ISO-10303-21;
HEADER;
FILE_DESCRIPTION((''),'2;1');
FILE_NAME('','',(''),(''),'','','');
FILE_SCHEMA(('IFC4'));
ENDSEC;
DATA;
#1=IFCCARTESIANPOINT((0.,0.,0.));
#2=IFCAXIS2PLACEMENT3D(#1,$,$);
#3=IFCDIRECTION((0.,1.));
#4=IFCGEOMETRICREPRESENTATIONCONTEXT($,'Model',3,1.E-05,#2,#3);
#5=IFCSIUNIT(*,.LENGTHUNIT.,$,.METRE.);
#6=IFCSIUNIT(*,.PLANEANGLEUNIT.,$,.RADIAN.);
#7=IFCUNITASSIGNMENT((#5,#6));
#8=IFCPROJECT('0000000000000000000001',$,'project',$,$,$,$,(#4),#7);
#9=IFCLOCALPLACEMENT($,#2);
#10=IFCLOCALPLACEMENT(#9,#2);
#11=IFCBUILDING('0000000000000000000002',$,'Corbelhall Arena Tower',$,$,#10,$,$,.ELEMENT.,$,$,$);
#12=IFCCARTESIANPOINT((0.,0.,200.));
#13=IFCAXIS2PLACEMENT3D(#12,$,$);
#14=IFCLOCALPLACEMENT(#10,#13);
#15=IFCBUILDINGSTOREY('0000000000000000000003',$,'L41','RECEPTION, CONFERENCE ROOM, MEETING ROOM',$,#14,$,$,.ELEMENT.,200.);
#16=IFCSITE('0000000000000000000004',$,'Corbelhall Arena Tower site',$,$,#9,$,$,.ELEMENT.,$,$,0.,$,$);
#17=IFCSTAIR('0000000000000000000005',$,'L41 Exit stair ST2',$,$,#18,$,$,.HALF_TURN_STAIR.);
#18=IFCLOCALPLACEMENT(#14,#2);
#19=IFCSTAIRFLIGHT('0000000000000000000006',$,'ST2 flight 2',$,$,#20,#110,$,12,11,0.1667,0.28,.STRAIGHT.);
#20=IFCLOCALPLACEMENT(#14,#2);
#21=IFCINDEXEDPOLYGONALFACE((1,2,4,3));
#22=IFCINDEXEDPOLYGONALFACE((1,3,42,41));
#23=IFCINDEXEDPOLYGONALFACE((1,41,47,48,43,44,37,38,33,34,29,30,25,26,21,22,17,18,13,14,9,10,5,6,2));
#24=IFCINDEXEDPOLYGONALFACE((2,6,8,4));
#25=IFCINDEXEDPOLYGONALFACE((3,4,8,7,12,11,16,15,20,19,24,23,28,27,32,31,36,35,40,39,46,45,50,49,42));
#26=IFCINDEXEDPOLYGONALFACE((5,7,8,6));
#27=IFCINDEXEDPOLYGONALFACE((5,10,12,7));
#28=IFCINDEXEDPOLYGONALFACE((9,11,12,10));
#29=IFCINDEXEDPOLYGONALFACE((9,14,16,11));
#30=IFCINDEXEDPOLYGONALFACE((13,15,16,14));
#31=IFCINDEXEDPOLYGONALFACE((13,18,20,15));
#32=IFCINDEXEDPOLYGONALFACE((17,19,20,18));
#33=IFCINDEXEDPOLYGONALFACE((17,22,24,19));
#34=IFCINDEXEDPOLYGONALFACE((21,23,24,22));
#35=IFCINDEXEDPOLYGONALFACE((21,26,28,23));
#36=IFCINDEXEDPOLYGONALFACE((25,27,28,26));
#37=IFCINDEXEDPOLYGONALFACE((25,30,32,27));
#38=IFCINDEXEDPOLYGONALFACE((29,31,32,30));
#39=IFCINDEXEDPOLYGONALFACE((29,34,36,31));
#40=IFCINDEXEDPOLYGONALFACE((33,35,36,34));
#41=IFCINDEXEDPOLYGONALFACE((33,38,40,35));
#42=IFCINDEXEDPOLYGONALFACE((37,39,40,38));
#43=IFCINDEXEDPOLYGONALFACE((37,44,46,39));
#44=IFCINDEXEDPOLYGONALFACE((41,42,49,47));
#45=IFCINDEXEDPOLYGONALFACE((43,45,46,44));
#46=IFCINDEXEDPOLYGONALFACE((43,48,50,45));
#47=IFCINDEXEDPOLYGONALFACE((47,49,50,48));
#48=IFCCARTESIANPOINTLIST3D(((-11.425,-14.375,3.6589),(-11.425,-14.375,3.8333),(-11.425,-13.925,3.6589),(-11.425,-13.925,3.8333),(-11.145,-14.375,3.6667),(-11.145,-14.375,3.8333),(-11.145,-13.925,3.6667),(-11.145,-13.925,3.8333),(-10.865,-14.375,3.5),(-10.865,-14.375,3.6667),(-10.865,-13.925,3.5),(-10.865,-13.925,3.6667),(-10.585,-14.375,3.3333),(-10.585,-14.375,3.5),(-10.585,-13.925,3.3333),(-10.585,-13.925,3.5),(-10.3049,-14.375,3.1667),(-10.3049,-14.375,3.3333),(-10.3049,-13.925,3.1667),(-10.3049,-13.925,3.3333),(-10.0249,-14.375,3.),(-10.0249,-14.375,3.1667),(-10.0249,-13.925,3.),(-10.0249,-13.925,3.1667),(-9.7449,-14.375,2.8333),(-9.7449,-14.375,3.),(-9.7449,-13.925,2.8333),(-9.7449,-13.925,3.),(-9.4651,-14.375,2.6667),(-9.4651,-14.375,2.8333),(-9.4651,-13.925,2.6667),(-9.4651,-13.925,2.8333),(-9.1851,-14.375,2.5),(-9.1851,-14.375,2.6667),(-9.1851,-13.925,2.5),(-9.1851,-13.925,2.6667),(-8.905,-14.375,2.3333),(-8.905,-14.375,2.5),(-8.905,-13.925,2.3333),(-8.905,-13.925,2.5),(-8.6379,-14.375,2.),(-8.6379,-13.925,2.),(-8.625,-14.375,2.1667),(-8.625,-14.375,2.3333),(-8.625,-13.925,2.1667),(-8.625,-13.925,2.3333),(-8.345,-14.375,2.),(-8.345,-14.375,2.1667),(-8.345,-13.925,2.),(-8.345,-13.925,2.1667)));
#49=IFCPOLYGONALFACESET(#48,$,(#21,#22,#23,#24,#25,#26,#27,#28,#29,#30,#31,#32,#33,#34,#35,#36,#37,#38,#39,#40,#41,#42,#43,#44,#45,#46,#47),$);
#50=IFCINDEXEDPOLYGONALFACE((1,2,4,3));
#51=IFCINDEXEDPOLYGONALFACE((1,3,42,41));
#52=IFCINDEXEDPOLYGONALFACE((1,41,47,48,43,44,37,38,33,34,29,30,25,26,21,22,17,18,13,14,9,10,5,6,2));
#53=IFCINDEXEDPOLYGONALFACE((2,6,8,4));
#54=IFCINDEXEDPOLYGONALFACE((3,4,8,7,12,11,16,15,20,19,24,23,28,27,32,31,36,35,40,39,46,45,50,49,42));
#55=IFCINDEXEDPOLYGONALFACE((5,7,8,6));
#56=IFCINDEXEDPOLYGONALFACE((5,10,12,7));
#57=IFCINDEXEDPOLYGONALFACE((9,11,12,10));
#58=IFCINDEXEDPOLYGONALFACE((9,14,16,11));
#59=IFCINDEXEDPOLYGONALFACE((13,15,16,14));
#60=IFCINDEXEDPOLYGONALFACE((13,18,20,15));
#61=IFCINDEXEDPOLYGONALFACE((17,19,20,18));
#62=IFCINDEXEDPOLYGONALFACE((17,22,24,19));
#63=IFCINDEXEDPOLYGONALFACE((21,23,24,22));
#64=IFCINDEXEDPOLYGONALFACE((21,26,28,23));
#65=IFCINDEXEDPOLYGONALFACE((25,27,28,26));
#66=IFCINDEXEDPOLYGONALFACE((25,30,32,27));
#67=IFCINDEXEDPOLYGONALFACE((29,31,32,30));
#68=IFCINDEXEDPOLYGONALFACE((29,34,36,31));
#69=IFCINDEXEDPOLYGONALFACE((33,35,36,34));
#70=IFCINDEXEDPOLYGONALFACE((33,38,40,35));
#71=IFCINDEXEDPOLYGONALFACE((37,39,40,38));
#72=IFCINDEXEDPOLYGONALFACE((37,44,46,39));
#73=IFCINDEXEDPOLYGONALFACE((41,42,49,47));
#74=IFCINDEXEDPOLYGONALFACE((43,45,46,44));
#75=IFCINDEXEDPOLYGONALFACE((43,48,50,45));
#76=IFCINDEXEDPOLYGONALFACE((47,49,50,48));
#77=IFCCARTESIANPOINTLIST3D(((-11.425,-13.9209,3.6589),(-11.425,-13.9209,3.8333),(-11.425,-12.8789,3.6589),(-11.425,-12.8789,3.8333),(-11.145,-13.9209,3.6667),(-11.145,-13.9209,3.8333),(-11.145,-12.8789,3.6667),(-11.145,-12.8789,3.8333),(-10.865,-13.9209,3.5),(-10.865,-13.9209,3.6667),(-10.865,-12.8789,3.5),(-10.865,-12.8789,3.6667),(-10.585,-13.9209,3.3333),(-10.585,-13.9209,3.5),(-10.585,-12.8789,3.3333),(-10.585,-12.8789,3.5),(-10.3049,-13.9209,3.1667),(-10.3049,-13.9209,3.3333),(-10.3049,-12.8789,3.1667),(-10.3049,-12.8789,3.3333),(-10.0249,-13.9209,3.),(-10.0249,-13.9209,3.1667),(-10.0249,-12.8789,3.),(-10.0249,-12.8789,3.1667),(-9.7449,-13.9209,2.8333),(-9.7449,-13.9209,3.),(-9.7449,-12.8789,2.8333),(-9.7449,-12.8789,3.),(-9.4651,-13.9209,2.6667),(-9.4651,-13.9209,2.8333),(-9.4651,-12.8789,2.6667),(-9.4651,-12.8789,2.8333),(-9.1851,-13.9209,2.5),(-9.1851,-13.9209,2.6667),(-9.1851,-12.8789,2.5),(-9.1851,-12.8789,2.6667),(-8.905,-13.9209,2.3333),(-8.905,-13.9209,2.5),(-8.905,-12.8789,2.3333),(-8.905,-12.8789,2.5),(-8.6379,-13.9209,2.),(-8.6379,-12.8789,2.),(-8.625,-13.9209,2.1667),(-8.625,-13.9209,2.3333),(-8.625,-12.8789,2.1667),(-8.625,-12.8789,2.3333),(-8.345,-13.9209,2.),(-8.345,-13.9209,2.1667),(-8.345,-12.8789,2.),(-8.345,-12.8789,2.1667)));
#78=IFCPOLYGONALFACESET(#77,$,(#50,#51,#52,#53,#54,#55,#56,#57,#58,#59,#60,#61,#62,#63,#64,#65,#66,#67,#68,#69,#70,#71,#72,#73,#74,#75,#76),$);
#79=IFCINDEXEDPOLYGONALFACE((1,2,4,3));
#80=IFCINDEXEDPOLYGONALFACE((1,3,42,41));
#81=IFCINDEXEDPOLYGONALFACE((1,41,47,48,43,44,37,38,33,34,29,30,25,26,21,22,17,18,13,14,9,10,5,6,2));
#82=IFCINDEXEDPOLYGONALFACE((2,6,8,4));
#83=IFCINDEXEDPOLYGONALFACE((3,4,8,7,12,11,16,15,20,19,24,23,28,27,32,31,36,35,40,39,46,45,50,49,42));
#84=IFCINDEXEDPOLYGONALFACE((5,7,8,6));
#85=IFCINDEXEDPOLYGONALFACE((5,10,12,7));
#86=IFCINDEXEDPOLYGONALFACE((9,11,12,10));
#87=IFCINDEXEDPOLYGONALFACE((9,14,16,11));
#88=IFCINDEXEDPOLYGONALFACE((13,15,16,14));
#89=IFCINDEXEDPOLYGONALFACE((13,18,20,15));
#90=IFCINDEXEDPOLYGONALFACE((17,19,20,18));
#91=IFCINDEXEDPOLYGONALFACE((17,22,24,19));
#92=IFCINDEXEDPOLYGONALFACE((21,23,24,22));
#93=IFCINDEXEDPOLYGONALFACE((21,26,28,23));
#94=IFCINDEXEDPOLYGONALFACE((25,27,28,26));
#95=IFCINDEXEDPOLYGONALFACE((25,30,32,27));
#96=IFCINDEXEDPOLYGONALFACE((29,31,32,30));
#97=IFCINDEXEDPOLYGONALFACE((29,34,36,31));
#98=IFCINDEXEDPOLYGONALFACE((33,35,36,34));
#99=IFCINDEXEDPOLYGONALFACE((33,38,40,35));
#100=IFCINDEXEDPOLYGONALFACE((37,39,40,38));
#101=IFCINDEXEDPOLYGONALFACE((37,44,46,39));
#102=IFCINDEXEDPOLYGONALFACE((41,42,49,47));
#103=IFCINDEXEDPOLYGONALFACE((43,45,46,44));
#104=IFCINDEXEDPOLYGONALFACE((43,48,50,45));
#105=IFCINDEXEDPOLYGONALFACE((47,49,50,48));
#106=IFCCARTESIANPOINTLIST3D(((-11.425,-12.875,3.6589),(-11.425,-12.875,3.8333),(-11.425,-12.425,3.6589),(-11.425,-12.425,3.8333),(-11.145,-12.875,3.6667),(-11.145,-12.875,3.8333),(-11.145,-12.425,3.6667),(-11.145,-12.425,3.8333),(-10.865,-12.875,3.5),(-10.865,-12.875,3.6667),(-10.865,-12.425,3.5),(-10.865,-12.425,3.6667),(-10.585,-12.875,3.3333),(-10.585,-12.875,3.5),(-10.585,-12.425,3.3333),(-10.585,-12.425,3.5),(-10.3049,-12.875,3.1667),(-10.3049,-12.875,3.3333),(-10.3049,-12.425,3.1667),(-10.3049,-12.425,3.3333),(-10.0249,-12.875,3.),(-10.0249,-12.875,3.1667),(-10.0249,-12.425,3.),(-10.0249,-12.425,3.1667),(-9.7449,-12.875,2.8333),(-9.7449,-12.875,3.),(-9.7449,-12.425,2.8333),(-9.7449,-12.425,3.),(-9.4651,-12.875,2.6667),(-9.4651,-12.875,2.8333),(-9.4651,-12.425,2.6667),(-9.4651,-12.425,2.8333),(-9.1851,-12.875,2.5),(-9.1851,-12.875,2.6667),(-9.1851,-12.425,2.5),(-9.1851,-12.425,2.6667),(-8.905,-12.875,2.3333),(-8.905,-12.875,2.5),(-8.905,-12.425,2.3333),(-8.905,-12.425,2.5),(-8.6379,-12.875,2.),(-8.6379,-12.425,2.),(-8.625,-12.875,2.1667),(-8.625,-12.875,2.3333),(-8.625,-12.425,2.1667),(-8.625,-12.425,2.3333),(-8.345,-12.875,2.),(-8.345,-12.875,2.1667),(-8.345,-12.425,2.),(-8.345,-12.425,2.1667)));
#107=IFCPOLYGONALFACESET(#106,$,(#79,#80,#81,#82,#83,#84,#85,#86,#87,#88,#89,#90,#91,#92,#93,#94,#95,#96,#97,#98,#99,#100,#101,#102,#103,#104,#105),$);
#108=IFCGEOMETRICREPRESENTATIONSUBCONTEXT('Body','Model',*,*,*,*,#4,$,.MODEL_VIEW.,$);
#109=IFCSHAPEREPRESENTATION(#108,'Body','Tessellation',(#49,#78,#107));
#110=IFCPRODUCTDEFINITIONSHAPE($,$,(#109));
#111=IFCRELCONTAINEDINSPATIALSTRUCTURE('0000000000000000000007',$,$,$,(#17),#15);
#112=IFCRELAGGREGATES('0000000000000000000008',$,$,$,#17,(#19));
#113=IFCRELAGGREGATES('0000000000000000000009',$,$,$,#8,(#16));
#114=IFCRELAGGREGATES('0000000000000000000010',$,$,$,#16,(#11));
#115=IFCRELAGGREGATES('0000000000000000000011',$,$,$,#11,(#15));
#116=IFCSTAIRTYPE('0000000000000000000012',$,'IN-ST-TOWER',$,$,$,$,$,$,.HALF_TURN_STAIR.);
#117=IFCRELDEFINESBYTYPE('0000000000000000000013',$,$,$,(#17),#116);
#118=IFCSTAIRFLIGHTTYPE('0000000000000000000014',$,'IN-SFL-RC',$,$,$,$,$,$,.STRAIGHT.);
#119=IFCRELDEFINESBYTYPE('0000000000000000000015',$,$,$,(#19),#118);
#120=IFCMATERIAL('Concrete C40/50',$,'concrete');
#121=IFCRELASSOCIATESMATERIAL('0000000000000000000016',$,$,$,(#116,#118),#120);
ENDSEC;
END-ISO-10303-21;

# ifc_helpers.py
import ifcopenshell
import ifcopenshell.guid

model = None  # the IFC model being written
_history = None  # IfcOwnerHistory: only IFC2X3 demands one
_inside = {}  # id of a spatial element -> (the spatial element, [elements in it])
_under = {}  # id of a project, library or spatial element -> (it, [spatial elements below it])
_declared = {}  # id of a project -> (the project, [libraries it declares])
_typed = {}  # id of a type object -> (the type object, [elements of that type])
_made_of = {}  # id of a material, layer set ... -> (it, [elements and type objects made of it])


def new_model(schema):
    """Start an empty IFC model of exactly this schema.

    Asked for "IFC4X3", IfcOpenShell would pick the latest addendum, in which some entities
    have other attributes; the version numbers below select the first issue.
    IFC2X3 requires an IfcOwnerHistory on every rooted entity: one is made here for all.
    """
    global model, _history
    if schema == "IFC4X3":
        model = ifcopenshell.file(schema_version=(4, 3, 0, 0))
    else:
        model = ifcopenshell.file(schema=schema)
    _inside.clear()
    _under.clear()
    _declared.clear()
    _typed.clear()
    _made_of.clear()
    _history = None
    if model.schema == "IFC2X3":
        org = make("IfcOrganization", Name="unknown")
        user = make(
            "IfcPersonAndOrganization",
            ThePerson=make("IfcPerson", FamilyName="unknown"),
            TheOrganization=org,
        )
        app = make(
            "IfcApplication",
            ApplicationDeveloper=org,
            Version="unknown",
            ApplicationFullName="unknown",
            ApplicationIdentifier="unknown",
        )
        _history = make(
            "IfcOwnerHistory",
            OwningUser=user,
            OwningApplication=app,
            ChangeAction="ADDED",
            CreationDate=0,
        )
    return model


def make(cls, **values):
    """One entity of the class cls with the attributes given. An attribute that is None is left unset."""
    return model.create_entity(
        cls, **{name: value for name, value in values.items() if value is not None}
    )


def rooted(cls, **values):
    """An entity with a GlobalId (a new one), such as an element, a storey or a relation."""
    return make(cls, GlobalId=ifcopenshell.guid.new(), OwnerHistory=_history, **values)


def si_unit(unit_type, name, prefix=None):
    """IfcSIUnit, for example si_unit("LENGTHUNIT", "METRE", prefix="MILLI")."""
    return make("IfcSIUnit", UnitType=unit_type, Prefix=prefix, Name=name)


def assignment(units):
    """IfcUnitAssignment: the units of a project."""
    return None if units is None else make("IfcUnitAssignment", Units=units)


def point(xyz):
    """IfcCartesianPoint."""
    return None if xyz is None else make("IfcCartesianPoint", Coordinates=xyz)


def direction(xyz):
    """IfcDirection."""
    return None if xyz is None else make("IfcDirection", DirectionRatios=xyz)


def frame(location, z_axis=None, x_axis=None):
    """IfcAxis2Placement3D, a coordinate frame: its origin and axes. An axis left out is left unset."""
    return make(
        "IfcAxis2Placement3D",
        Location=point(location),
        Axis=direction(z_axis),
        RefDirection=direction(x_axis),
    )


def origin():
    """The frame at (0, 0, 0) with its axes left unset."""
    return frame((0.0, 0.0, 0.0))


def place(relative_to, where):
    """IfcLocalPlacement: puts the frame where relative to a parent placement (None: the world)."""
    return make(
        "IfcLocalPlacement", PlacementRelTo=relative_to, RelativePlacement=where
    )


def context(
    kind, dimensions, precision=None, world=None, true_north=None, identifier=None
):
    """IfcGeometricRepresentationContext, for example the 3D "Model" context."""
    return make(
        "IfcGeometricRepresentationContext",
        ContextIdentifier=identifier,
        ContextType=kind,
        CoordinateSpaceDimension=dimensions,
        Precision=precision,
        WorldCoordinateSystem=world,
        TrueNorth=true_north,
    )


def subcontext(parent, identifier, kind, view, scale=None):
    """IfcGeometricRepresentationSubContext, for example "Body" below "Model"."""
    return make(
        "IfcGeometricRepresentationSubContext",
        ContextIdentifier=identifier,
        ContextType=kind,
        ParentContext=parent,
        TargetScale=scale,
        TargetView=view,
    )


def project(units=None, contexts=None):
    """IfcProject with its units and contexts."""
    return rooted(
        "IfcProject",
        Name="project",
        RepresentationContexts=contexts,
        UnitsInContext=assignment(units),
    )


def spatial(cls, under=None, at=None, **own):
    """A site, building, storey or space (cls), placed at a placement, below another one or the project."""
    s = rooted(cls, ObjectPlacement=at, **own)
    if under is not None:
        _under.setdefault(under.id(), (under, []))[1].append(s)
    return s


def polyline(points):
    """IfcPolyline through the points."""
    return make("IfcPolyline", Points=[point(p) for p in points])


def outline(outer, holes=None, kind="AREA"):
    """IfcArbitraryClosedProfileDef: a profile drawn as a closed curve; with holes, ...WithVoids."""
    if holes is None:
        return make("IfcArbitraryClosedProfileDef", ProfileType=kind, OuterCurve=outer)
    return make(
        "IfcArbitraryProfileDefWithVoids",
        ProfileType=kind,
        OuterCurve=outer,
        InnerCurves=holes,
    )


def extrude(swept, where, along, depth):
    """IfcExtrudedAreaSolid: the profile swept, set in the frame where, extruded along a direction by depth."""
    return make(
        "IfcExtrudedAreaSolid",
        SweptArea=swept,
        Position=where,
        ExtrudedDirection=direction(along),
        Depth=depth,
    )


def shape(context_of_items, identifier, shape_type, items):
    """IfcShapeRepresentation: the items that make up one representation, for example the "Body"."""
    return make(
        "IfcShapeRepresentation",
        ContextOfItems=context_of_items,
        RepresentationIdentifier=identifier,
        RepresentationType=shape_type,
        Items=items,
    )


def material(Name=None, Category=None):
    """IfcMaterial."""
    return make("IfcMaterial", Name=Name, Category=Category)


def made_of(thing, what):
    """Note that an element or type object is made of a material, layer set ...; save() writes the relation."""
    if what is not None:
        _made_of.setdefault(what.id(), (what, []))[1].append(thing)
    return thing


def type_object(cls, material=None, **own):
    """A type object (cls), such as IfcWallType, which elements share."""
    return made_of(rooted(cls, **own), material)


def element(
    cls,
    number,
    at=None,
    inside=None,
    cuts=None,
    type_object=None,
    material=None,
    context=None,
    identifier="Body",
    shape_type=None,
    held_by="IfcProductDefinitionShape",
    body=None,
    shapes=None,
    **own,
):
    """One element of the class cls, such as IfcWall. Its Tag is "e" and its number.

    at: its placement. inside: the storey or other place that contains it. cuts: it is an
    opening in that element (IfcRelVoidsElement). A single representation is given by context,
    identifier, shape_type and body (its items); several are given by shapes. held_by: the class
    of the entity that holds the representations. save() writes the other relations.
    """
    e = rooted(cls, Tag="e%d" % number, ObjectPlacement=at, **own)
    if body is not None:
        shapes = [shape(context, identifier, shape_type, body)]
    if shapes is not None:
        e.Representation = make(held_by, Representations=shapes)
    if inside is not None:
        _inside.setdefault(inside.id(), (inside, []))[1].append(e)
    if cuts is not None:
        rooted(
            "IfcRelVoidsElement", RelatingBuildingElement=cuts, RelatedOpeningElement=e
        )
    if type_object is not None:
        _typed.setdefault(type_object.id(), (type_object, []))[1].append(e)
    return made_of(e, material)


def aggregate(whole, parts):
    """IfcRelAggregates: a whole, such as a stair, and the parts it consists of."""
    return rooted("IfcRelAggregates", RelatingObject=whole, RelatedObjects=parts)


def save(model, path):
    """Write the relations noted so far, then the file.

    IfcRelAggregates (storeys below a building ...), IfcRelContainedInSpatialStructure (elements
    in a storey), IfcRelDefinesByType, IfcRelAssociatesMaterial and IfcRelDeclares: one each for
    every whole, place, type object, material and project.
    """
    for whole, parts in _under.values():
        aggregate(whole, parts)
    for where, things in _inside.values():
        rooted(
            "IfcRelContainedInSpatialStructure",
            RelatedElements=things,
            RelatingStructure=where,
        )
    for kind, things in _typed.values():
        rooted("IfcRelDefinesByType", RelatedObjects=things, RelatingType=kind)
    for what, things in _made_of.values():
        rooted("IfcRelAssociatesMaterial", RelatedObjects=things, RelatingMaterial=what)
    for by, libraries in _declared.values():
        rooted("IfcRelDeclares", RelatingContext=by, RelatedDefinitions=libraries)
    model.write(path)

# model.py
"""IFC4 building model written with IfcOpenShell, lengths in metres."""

from ifc_helpers import new_model, si_unit, direction, frame, origin, place, context, subcontext, project, spatial, polyline, outline, extrude, material, type_object, element, aggregate, save


model = new_model("IFC4")

# Units and contexts
model_context = context("Model", 3, precision=1e-05, world=origin(), true_north=direction((0.0, 1.0)))
body_context = subcontext(model_context, "Body", "Model", "MODEL_VIEW")
ifc_project = project(units=[si_unit("LENGTHUNIT", "METRE"), si_unit("PLANEANGLEUNIT", "RADIAN")], contexts=[model_context])

# Site, building, storey
site_placement = place(None, origin())
site = spatial("IfcSite", under=ifc_project, at=site_placement, Name="Corbelhall Arena Tower site", CompositionType="ELEMENT", RefElevation=0.0)
building_placement = place(site_placement, origin())
building = spatial("IfcBuilding", under=site, at=building_placement, Name="Corbelhall Arena Tower", CompositionType="ELEMENT")
storey_placement = place(building_placement, frame((0.0, 0.0, 200.0)))
storey = spatial("IfcBuildingStorey", under=building, at=storey_placement, Name="L41", Description="RECEPTION, CONFERENCE ROOM, MEETING ROOM", CompositionType="ELEMENT", Elevation=200.0)

# Shared definitions
ifc_material_1 = material(Name="Concrete C40/50", Category="concrete")

# Stair, stair flight
stair_type = type_object("IfcStairType", Name="IN-ST-TOWER", PredefinedType="HALF_TURN_STAIR", material=ifc_material_1)
stair_placement = place(storey_placement, origin())
stair = element("IfcStair", 1, at=stair_placement, inside=storey, type_object=stair_type, Name="L41 Exit stair ST2", PredefinedType="HALF_TURN_STAIR")
stair_flight_type = type_object("IfcStairFlightType", Name="IN-SFL-RC", PredefinedType="STRAIGHT", material=ifc_material_1)
stair_flight_1_placement = place(storey_placement, frame((-8.345, -13.3999, 2.0), z_axis=(0.0, 0.0, 1.0), x_axis=(-1.0, 0.0, 0.0)))
stair_flight_1 = element("IfcStairFlight", 2, at=stair_flight_1_placement, type_object=stair_flight_type, Name="ST2 flight 2", NumberOfRisers=12, NumberOfTreads=11, PredefinedType="STRAIGHT", RiserHeight=0.1667, TreadLength=0.28, context=body_context, shape_type="SweptSolid", body=[
    extrude(outline(polyline([(0.0, 0.0), (0.0, 0.1667), (0.28, 0.1667), (0.28, 0.3333), (0.5601, 0.3333), (0.5601, 0.5), (0.8401, 0.5), (0.8401, 0.6667), (1.1201, 0.6667), (1.1201, 0.8333), (1.3999, 0.8333), (1.3999, 1.0), (1.6799, 1.0), (1.6799, 1.1667), (1.96, 1.1667), (1.96, 1.3333), (2.24, 1.3333), (2.24, 1.5), (2.52, 1.5), (2.52, 1.6667), (2.8, 1.6667), (2.8, 1.8333), (3.0801, 1.8333), (3.0801, 2.0), (3.0801, 1.6589), (0.293, 0.0), (0.0, 0.0)])), frame((0.0, 0.9751, 0.0), z_axis=(0.0, -1.0, 0.0), x_axis=(1.0, 0.0, 0.0)), (0.0, 0.0, 1.0), 0.45),
    extrude(outline(polyline([(0.0, 0.0), (0.0, 0.1667), (0.28, 0.1667), (0.28, 0.3333), (0.5601, 0.3333), (0.5601, 0.5), (0.8401, 0.5), (0.8401, 0.6667), (1.1201, 0.6667), (1.1201, 0.8333), (1.3999, 0.8333), (1.3999, 1.0), (1.6799, 1.0), (1.6799, 1.1667), (1.96, 1.1667), (1.96, 1.3333), (2.24, 1.3333), (2.24, 1.5), (2.52, 1.5), (2.52, 1.6667), (2.8, 1.6667), (2.8, 1.8333), (3.0801, 1.8333), (3.0801, 2.0), (3.0801, 1.6589), (0.293, 0.0), (0.0, 0.0)])), frame((0.0, 0.521, 0.0), z_axis=(0.0, -1.0, 0.0), x_axis=(1.0, 0.0, 0.0)), (0.0, 0.0, 1.0), 1.042),
    extrude(outline(polyline([(0.0, 0.0), (0.0, 0.1667), (0.28, 0.1667), (0.28, 0.3333), (0.5601, 0.3333), (0.5601, 0.5), (0.8401, 0.5), (0.8401, 0.6667), (1.1201, 0.6667), (1.1201, 0.8333), (1.3999, 0.8333), (1.3999, 1.0), (1.6799, 1.0), (1.6799, 1.1667), (1.96, 1.1667), (1.96, 1.3333), (2.24, 1.3333), (2.24, 1.5), (2.52, 1.5), (2.52, 1.6667), (2.8, 1.6667), (2.8, 1.8333), (3.0801, 1.8333), (3.0801, 2.0), (3.0801, 1.6589), (0.293, 0.0), (0.0, 0.0)])), frame((0.0, -0.5249, 0.0), z_axis=(0.0, -1.0, 0.0), x_axis=(1.0, 0.0, 0.0)), (0.0, 0.0, 1.0), 0.45),
])
aggregate(stair, [stair_flight_1])

save(model, "model.ifc")
